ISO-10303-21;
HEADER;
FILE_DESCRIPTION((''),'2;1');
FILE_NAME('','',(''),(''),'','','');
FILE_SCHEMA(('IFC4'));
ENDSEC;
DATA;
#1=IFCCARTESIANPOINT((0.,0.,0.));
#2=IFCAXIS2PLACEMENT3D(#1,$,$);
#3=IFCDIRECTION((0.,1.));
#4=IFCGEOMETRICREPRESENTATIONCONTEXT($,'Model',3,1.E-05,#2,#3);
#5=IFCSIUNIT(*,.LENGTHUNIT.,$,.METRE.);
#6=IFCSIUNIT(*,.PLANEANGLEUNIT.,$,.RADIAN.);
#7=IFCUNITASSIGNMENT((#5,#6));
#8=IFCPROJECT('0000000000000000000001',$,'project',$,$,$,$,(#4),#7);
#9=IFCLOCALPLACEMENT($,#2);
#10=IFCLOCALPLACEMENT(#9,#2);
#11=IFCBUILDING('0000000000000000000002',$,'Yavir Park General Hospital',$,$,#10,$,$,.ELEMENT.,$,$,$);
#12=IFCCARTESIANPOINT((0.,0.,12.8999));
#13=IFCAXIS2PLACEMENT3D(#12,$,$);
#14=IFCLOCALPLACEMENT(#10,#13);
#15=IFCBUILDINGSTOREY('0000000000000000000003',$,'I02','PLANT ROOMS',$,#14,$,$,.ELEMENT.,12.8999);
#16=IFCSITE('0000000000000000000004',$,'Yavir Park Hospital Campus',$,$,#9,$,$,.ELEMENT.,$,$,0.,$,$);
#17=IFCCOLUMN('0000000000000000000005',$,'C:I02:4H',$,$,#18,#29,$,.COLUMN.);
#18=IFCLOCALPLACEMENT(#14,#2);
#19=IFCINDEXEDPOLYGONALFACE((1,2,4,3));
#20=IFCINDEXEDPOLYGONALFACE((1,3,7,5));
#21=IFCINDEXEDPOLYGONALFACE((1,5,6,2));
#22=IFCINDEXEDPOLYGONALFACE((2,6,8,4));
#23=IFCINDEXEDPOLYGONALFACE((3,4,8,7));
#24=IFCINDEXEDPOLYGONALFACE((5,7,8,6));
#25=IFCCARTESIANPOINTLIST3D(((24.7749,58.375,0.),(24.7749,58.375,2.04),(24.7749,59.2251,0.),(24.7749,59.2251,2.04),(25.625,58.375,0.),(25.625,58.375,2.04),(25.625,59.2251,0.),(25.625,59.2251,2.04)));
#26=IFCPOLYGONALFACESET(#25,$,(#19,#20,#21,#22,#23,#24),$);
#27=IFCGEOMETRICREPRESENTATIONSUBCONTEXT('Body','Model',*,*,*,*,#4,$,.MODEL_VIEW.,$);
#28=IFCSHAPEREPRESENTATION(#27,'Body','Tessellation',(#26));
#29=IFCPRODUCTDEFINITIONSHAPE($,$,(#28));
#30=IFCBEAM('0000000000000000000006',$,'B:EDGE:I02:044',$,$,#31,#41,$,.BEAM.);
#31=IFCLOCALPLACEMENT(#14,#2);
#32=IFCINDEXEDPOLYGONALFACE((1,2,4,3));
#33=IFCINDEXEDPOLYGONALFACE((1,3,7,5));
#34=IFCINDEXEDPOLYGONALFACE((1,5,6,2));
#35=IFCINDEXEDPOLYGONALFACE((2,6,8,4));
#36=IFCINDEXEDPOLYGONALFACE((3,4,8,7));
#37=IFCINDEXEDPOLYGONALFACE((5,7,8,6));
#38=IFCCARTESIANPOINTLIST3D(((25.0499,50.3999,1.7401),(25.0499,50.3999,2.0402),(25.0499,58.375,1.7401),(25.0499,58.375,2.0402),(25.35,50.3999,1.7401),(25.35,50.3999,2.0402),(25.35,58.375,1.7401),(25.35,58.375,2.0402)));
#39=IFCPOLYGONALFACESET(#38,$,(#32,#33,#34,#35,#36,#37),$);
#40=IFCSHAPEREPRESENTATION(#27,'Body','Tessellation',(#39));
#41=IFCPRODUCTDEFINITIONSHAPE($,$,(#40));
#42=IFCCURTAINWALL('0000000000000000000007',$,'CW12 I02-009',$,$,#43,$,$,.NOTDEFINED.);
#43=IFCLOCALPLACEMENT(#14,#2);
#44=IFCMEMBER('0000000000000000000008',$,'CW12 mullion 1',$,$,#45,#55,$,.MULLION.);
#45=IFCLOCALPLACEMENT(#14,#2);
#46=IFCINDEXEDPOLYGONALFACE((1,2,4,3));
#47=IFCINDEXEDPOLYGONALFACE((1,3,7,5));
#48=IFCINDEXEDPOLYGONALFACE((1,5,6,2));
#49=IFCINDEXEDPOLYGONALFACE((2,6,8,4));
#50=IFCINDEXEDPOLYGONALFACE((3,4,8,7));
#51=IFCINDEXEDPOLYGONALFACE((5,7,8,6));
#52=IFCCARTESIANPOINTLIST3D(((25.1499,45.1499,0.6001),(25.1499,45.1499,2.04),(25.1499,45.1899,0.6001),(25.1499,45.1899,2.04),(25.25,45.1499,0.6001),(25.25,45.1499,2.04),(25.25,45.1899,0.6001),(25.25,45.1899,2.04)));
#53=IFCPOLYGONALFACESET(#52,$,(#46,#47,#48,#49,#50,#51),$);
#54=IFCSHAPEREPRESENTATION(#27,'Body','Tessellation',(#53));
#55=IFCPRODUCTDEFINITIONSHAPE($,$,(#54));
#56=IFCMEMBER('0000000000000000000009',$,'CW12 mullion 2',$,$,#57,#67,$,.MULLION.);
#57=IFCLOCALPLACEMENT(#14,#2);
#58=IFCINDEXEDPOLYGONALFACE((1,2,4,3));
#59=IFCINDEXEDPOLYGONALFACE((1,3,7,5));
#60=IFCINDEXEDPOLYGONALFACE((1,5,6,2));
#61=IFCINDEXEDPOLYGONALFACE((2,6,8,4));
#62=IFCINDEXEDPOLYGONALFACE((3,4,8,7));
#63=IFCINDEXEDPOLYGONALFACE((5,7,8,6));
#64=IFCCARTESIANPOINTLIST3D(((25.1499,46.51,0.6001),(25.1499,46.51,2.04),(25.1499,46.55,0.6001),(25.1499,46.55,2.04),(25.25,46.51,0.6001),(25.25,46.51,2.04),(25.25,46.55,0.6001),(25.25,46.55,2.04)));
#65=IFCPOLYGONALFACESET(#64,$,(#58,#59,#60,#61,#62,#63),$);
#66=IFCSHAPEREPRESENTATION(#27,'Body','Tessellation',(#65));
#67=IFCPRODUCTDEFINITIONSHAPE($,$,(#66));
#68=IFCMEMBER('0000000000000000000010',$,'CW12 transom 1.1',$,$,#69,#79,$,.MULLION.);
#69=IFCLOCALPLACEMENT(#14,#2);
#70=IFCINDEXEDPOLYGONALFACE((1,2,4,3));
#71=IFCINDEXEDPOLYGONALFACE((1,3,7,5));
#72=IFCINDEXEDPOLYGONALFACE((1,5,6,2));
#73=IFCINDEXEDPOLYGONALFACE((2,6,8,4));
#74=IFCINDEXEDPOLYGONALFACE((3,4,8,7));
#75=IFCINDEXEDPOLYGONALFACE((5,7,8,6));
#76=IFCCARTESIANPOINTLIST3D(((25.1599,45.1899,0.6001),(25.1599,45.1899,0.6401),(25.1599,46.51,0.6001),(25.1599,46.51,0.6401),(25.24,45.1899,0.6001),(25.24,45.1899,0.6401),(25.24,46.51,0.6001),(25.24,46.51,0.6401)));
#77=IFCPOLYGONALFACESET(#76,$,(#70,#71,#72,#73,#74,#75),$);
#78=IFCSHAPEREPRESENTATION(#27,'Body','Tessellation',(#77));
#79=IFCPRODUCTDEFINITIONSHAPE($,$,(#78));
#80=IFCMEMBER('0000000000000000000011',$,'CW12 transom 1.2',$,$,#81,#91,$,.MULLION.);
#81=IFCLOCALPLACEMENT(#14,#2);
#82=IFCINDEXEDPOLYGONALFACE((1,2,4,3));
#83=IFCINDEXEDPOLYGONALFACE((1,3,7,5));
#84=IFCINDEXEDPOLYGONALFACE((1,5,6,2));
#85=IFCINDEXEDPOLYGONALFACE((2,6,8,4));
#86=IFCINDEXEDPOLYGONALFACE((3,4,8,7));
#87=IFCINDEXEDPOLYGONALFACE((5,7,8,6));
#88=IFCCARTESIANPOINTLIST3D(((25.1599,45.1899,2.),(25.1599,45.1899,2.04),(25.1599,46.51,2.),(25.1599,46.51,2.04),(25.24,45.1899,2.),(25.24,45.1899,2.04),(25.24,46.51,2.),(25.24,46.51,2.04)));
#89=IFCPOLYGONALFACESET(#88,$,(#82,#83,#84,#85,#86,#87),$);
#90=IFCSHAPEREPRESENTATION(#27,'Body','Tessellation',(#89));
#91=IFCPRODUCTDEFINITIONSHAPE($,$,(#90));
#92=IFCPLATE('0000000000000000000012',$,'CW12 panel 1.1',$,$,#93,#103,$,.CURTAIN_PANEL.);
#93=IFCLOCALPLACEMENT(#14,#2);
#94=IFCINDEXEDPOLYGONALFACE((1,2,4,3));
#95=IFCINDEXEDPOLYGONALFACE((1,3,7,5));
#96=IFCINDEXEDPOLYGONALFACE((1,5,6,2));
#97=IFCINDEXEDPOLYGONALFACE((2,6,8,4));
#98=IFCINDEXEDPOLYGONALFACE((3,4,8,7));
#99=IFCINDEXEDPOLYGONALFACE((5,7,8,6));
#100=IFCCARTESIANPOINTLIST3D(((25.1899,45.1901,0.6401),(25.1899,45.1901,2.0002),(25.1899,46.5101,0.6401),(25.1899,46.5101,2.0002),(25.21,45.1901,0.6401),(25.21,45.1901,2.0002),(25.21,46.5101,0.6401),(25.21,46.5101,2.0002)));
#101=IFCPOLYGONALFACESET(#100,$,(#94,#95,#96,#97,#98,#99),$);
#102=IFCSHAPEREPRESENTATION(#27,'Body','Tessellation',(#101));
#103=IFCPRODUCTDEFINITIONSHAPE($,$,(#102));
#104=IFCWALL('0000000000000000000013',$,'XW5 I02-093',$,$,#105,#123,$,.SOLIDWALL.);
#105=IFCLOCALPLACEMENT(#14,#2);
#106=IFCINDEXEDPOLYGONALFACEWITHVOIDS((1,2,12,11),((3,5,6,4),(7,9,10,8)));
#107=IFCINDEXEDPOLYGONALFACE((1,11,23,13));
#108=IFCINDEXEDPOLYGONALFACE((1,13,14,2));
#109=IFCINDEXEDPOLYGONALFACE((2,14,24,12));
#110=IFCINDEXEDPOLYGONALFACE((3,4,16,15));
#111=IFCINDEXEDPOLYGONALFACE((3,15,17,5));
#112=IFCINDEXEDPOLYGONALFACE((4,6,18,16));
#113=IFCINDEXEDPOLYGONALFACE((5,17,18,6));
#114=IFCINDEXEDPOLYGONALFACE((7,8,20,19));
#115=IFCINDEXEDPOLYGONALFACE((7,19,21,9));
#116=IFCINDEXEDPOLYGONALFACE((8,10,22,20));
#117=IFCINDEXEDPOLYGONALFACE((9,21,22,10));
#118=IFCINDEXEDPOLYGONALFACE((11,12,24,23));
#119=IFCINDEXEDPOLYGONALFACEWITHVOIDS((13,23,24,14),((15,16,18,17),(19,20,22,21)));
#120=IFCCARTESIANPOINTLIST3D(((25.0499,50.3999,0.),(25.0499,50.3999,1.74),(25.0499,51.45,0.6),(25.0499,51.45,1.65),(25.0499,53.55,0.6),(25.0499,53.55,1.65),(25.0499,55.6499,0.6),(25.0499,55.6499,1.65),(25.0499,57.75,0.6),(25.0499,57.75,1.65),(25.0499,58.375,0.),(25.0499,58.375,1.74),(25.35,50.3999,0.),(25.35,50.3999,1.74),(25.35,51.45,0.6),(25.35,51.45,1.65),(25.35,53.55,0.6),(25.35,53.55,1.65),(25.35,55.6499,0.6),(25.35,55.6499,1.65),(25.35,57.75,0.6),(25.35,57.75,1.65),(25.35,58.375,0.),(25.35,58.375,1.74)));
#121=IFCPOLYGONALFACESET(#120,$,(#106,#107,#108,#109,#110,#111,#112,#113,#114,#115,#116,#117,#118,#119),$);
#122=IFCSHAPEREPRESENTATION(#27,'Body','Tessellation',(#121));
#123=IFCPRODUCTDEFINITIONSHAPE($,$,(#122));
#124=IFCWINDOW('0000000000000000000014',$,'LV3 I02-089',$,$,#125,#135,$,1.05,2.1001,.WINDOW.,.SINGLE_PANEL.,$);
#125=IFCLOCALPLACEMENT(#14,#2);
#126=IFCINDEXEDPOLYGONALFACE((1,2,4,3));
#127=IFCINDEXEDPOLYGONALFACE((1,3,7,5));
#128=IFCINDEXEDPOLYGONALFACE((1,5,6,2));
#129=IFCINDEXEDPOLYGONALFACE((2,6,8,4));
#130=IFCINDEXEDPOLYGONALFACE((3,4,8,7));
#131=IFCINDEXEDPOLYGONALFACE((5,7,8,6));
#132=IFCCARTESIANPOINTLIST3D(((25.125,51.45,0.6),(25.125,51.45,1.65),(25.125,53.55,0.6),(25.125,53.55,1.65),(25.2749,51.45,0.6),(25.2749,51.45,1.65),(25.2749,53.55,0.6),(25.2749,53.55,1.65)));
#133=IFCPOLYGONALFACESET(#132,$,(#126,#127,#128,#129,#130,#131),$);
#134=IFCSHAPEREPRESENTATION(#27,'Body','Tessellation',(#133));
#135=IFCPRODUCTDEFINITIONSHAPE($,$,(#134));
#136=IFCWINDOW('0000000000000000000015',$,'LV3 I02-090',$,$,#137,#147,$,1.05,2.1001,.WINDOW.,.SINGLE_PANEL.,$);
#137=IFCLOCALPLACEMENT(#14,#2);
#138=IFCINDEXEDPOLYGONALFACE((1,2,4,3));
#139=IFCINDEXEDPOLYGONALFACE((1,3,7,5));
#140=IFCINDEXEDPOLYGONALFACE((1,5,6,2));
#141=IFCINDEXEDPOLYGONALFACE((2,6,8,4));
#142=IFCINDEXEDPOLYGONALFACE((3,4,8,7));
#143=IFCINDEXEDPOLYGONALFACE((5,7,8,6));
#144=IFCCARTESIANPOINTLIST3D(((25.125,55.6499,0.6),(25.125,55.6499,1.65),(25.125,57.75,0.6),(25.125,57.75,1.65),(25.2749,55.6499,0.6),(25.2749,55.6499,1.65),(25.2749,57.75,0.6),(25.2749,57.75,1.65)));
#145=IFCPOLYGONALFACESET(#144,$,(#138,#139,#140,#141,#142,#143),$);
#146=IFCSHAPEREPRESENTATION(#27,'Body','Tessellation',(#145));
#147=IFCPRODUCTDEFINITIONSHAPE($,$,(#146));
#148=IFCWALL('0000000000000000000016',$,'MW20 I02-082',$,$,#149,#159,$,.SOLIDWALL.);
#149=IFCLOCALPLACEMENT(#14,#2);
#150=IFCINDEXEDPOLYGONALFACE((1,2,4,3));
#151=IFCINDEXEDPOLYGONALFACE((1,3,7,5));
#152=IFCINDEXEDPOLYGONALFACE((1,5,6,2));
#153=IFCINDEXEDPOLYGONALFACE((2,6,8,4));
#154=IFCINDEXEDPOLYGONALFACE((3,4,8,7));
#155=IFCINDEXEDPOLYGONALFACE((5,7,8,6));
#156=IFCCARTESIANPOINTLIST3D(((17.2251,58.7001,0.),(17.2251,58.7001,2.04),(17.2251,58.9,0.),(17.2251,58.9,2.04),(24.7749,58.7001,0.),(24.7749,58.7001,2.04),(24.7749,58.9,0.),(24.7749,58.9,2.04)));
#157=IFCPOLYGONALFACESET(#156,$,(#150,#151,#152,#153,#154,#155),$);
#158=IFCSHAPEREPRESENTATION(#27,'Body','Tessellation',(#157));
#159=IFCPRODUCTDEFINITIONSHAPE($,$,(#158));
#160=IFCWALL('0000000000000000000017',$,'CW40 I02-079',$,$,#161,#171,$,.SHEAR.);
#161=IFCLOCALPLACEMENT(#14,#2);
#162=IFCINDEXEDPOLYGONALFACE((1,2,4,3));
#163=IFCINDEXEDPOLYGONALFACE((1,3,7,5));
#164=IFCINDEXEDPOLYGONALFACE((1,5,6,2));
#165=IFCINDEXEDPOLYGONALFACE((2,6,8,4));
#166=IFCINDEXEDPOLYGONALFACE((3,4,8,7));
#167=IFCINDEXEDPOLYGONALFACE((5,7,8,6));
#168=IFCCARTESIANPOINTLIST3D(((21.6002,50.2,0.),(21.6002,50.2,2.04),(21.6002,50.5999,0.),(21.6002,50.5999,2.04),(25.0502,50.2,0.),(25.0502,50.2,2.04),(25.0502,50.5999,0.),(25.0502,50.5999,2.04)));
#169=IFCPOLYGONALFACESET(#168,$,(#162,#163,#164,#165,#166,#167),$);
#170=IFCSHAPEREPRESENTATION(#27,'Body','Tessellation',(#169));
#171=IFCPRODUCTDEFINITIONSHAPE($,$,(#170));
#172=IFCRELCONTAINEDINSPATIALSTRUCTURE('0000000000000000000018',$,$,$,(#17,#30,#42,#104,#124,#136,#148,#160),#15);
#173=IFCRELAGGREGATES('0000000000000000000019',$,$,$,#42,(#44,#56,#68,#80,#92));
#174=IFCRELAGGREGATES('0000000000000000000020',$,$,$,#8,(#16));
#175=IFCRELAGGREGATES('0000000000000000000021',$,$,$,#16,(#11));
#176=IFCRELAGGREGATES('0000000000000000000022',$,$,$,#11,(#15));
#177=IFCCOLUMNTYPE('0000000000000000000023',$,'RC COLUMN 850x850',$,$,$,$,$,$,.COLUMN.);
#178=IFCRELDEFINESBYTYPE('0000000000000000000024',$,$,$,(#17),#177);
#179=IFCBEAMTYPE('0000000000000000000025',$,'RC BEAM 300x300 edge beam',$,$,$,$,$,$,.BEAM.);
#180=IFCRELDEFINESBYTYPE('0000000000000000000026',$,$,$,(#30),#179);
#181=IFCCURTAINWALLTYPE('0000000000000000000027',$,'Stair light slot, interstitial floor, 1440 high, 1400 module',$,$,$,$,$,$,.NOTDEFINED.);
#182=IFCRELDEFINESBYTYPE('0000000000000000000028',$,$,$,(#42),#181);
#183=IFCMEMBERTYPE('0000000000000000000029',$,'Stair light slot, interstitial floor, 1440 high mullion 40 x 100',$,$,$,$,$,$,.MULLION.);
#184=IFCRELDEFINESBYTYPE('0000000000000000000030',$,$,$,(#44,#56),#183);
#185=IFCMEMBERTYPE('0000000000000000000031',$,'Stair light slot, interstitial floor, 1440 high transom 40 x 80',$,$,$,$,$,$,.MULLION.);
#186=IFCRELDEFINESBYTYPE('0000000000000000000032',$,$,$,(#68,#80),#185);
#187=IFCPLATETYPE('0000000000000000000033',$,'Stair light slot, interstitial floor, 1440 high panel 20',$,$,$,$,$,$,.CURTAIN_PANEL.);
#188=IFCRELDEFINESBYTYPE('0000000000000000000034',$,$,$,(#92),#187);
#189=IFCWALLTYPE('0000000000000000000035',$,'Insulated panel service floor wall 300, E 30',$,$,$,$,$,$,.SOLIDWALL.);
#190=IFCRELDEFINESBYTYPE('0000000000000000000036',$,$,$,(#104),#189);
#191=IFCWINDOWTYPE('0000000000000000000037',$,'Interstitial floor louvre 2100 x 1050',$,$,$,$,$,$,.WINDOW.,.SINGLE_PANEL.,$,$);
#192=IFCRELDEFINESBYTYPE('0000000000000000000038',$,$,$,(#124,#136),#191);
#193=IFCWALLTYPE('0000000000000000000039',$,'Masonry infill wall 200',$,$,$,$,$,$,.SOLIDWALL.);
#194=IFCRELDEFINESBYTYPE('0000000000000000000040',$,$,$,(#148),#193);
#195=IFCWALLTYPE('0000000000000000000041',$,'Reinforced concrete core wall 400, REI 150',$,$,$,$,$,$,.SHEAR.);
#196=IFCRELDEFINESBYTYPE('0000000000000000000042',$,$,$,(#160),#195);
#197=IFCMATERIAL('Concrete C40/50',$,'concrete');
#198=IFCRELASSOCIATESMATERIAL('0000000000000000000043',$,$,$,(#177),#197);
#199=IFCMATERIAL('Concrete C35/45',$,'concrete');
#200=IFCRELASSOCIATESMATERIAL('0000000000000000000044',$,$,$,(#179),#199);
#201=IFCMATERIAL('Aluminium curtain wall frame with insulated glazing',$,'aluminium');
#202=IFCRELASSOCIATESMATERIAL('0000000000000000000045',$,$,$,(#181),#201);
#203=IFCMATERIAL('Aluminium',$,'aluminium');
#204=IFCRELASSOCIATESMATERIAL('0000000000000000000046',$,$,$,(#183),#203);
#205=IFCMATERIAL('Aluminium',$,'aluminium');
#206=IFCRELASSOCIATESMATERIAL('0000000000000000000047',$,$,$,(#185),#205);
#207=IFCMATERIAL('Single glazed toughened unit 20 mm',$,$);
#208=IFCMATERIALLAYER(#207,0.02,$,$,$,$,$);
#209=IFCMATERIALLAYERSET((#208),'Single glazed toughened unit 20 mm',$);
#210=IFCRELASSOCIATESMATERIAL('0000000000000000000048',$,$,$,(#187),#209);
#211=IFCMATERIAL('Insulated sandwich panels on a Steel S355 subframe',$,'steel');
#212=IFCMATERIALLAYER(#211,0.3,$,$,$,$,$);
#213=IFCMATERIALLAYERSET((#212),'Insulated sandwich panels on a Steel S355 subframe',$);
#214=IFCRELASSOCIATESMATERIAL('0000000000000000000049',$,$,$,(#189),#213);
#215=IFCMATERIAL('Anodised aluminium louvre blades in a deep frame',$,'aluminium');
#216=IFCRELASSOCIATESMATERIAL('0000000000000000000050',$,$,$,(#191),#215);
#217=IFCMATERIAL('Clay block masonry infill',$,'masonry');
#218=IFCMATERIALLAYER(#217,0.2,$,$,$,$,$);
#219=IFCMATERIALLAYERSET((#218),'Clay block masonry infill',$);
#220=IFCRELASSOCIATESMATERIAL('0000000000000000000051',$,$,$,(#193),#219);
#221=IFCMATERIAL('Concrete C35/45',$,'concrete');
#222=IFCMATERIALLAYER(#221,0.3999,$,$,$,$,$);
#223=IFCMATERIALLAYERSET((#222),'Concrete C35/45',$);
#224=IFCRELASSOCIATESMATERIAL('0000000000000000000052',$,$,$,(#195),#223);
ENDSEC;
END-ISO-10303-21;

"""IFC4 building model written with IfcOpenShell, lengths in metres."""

from ifc_helpers import new_model, si_unit, direction, frame, frame_2d, origin, origin_2d, place, context, subcontext, project, spatial, rectangle, extrude, material, layer, layer_set, material_profile, profile_set, type_object, element, fill, aggregate, save


model = new_model("IFC4")

# Units and contexts
model_context = context("Model", 3, precision=1e-05, world=origin(), true_north=direction((0.0, 1.0)))
body_context = subcontext(model_context, "Body", "Model", "MODEL_VIEW")
ifc_project = project(units=[si_unit("LENGTHUNIT", "METRE"), si_unit("PLANEANGLEUNIT", "RADIAN")], contexts=[model_context])

# Site, building, storey
site_placement = place(None, origin())
site = spatial("IfcSite", under=ifc_project, at=site_placement, Name="Yavir Park Hospital Campus", CompositionType="ELEMENT", RefElevation=0.0)
building_placement = place(site_placement, origin())
building = spatial("IfcBuilding", under=site, at=building_placement, Name="Yavir Park General Hospital", CompositionType="ELEMENT")
storey_placement = place(building_placement, frame((0.0, 0.0, 12.8999)))
storey = spatial("IfcBuildingStorey", under=building, at=storey_placement, Name="I02", Description="PLANT ROOMS", CompositionType="ELEMENT", Elevation=12.8999)

# Column
ifc_material_1 = material(Name="Concrete C40/50", Category="concrete")
ifc_material_profile_1 = material_profile(ifc_material_1, rectangle(XDim=0.8501, YDim=0.8501, at=origin_2d()), Name="RC850x850")
ifc_profile_set_1 = profile_set([ifc_material_profile_1], Name="Concrete C40/50")
column_type = type_object("IfcColumnType", Name="RC COLUMN 850x850", PredefinedType="COLUMN", material=ifc_profile_set_1)
column_placement = place(storey_placement, frame((25.2, 58.8, 0.0), z_axis=(0.0, 0.0, 1.0), x_axis=(1.0, 0.0, 0.0)))
element("IfcColumn", 1, at=column_placement, inside=storey, type_object=column_type, Name="C:I02:4H", PredefinedType="COLUMN", context=body_context, shape_type="SweptSolid", body=[
    extrude(rectangle(XDim=0.8501, YDim=0.8501, at=origin_2d()), origin(), (0.0, 0.0, 1.0), 2.04),
])

# Beam
ifc_material_2 = material(Name="Concrete C35/45", Category="concrete")
ifc_material_profile_2 = material_profile(ifc_material_2, rectangle(XDim=0.3, YDim=0.3, at=origin_2d()), Name="RC300x300")
ifc_profile_set_2 = profile_set([ifc_material_profile_2], Name="Concrete C35/45")
beam_type = type_object("IfcBeamType", Name="RC BEAM 300x300 edge beam", PredefinedType="BEAM", material=ifc_profile_set_2)
beam_placement = place(storey_placement, frame((25.2, 50.3999, 1.8901), z_axis=(0.0, 1.0, 0.0), x_axis=(-1.0, 0.0, 0.0)))
element("IfcBeam", 2, at=beam_placement, inside=storey, type_object=beam_type, Name="B:EDGE:I02:044", PredefinedType="BEAM", context=body_context, shape_type="SweptSolid", body=[
    extrude(rectangle(XDim=0.3, YDim=0.3, at=origin_2d()), origin(), (0.0, 0.0, 1.0), 7.9751),
])

# Curtain wall, members, plate
ifc_material_3 = material(Name="Aluminium curtain wall frame with insulated glazing", Category="aluminium")
curtain_wall_type = type_object("IfcCurtainWallType", Name="Stair light slot, interstitial floor, 1440 high, 1400 module", PredefinedType="NOTDEFINED", material=ifc_material_3)
curtain_wall_placement = place(storey_placement, origin())
curtain_wall = element("IfcCurtainWall", 3, at=curtain_wall_placement, inside=storey, type_object=curtain_wall_type, Name="CW12 I02-009", PredefinedType="NOTDEFINED")
ifc_material_4 = material(Name="Aluminium", Category="aluminium")
ifc_material_profile_3 = material_profile(ifc_material_4, rectangle(XDim=0.1001, YDim=0.04, at=origin_2d()), Name="AL 40x100")
ifc_profile_set_3 = profile_set([ifc_material_profile_3], Name="Aluminium")
member_type_1 = type_object("IfcMemberType", Name="Stair light slot, interstitial floor, 1440 high mullion 40 x 100", PredefinedType="MULLION", material=ifc_profile_set_3)
member_1_placement = place(storey_placement, frame((25.2, 45.1699, 0.6001), z_axis=(0.0, 0.0, 1.0), x_axis=(-1.0, 0.0, 0.0)))
member_1 = element("IfcMember", 4, at=member_1_placement, type_object=member_type_1, Name="CW12 mullion 1", PredefinedType="MULLION", context=body_context, shape_type="SweptSolid", body=[
    extrude(rectangle(XDim=0.1001, YDim=0.04, at=origin_2d()), origin(), (0.0, 0.0, 1.0), 1.4399),
])
member_2_placement = place(storey_placement, frame((25.2, 46.53, 0.6001), z_axis=(0.0, 0.0, 1.0), x_axis=(-1.0, 0.0, 0.0)))
member_2 = element("IfcMember", 5, at=member_2_placement, type_object=member_type_1, Name="CW12 mullion 2", PredefinedType="MULLION", context=body_context, shape_type="SweptSolid", body=[
    extrude(rectangle(XDim=0.1001, YDim=0.04, at=origin_2d()), origin(), (0.0, 0.0, 1.0), 1.4399),
])
ifc_material_5 = material(Name="Aluminium", Category="aluminium")
ifc_material_profile_4 = material_profile(ifc_material_5, rectangle(XDim=0.0801, YDim=0.04, at=origin_2d()), Name="AL 80x40")
ifc_profile_set_4 = profile_set([ifc_material_profile_4], Name="Aluminium")
member_type_2 = type_object("IfcMemberType", Name="Stair light slot, interstitial floor, 1440 high transom 40 x 80", PredefinedType="MULLION", material=ifc_profile_set_4)
member_3_placement = place(storey_placement, frame((25.2, 45.1899, 0.6201), z_axis=(0.0, 1.0, 0.0), x_axis=(-1.0, 0.0, 0.0)))
member_3 = element("IfcMember", 6, at=member_3_placement, type_object=member_type_2, Name="CW12 transom 1.1", PredefinedType="MULLION", context=body_context, shape_type="SweptSolid", body=[
    extrude(rectangle(XDim=0.0801, YDim=0.04, at=origin_2d()), origin(), (0.0, 0.0, 1.0), 1.3201),
])
member_4_placement = place(storey_placement, frame((25.2, 45.1899, 2.02), z_axis=(0.0, 1.0, 0.0), x_axis=(-1.0, 0.0, 0.0)))
member_4 = element("IfcMember", 7, at=member_4_placement, type_object=member_type_2, Name="CW12 transom 1.2", PredefinedType="MULLION", context=body_context, shape_type="SweptSolid", body=[
    extrude(rectangle(XDim=0.0801, YDim=0.04, at=origin_2d()), origin(), (0.0, 0.0, 1.0), 1.3201),
])
ifc_material_6 = material(Name="Single glazed toughened unit 20 mm")
ifc_layer_1 = layer(ifc_material_6, 0.02)
ifc_layer_set_1 = layer_set([ifc_layer_1], Name="Single glazed toughened unit 20 mm")
plate_type = type_object("IfcPlateType", Name="Stair light slot, interstitial floor, 1440 high panel 20", PredefinedType="CURTAIN_PANEL", material=ifc_layer_set_1)
plate_placement = place(storey_placement, frame((25.2, 45.8501, 0.6401), z_axis=(0.0, 0.0, 1.0), x_axis=(0.0, 1.0, 0.0)))
plate = element("IfcPlate", 8, at=plate_placement, type_object=plate_type, Name="CW12 panel 1.1", PredefinedType="CURTAIN_PANEL", context=body_context, shape_type="SweptSolid", body=[
    extrude(rectangle(XDim=1.3201, YDim=0.02, at=origin_2d()), origin(), (0.0, 0.0, 1.0), 1.3601),
])
aggregate(curtain_wall, [member_1, member_2, member_3, member_4, plate])

# Wall, openings, windows
ifc_material_7 = material(Name="Insulated sandwich panels on a Steel S355 subframe", Category="steel")
ifc_layer_2 = layer(ifc_material_7, 0.3)
ifc_layer_set_2 = layer_set([ifc_layer_2], Name="Insulated sandwich panels on a Steel S355 subframe")
wall_type_1 = type_object("IfcWallType", Name="Insulated panel service floor wall 300, E 30", PredefinedType="SOLIDWALL", material=ifc_layer_set_2)
wall_1_placement = place(storey_placement, frame((25.2, 50.3999, 0.0), z_axis=(0.0, 0.0, 1.0), x_axis=(0.0, 1.0, 0.0)))
wall_1 = element("IfcWall", 9, at=wall_1_placement, inside=storey, type_object=wall_type_1, Name="XW5 I02-093", PredefinedType="SOLIDWALL", context=body_context, shape_type="SweptSolid", body=[
    extrude(rectangle(XDim=7.9751, YDim=0.3, at=frame_2d((3.9875, 0.0))), origin(), (0.0, 0.0, 1.0), 1.74),
])
opening_1_placement = place(wall_1_placement, frame((1.05, 0.0, 0.6001)))
opening_1 = element("IfcOpeningElement", 10, at=opening_1_placement, cuts=wall_1, PredefinedType="OPENING", context=body_context, shape_type="SweptSolid", body=[
    extrude(rectangle(XDim=2.1001, YDim=1.05, at=frame_2d((1.05, 0.5249))), frame((0.0, 0.1599, 0.0), z_axis=(0.0, -1.0, 0.0), x_axis=(1.0, 0.0, 0.0)), (0.0, 0.0, 1.0), 0.3201),
])
opening_2_placement = place(wall_1_placement, frame((5.25, 0.0, 0.6001)))
opening_2 = element("IfcOpeningElement", 11, at=opening_2_placement, cuts=wall_1, PredefinedType="OPENING", context=body_context, shape_type="SweptSolid", body=[
    extrude(rectangle(XDim=2.1001, YDim=1.05, at=frame_2d((1.05, 0.5249))), frame((0.0, 0.1599, 0.0), z_axis=(0.0, -1.0, 0.0), x_axis=(1.0, 0.0, 0.0)), (0.0, 0.0, 1.0), 0.3201),
])
ifc_material_8 = material(Name="Anodised aluminium louvre blades in a deep frame", Category="aluminium")
window_type = type_object("IfcWindowType", Name="Interstitial floor louvre 2100 x 1050", PartitioningType="SINGLE_PANEL", PredefinedType="WINDOW", material=ifc_material_8)
window_1_placement = place(opening_1_placement, origin())
window_1 = element("IfcWindow", 12, at=window_1_placement, inside=storey, type_object=window_type, Name="LV3 I02-089", OverallHeight=1.05, OverallWidth=2.1001, PartitioningType="SINGLE_PANEL", PredefinedType="WINDOW", context=body_context, shape_type="SweptSolid", body=[
    extrude(rectangle(XDim=2.1001, YDim=1.05, at=frame_2d((1.05, 0.5249))), frame((0.0, 0.075, 0.0), z_axis=(0.0, -1.0, 0.0), x_axis=(1.0, 0.0, 0.0)), (0.0, 0.0, 1.0), 0.1499),
])
fill(opening_1, window_1)
window_2_placement = place(opening_2_placement, origin())
window_2 = element("IfcWindow", 13, at=window_2_placement, inside=storey, type_object=window_type, Name="LV3 I02-090", OverallHeight=1.05, OverallWidth=2.1001, PartitioningType="SINGLE_PANEL", PredefinedType="WINDOW", context=body_context, shape_type="SweptSolid", body=[
    extrude(rectangle(XDim=2.1001, YDim=1.05, at=frame_2d((1.05, 0.5249))), frame((0.0, 0.075, 0.0), z_axis=(0.0, -1.0, 0.0), x_axis=(1.0, 0.0, 0.0)), (0.0, 0.0, 1.0), 0.1499),
])
fill(opening_2, window_2)

# Walls
ifc_material_9 = material(Name="Clay block masonry infill", Category="masonry")
ifc_layer_3 = layer(ifc_material_9, 0.2)
ifc_layer_set_3 = layer_set([ifc_layer_3], Name="Clay block masonry infill")
wall_type_2 = type_object("IfcWallType", Name="Masonry infill wall 200", PredefinedType="SOLIDWALL", material=ifc_layer_set_3)
wall_2_placement = place(storey_placement, frame((17.2251, 58.8, 0.0), z_axis=(0.0, 0.0, 1.0), x_axis=(1.0, 0.0, 0.0)))
element("IfcWall", 14, at=wall_2_placement, inside=storey, type_object=wall_type_2, Name="MW20 I02-082", PredefinedType="SOLIDWALL", context=body_context, shape_type="SweptSolid", body=[
    extrude(rectangle(XDim=7.5498, YDim=0.2, at=frame_2d((3.7749, 0.0))), origin(), (0.0, 0.0, 1.0), 2.04),
])
ifc_material_10 = material(Name="Concrete C35/45", Category="concrete")
ifc_layer_4 = layer(ifc_material_10, 0.3999)
ifc_layer_set_4 = layer_set([ifc_layer_4], Name="Concrete C35/45")
wall_type_3 = type_object("IfcWallType", Name="Reinforced concrete core wall 400, REI 150", PredefinedType="SHEAR", material=ifc_layer_set_4)
wall_3_placement = place(storey_placement, frame((21.6001, 50.3999, 0.0), z_axis=(0.0, 0.0, 1.0), x_axis=(1.0, 0.0, 0.0)))
element("IfcWall", 15, at=wall_3_placement, inside=storey, type_object=wall_type_3, Name="CW40 I02-079", PredefinedType="SHEAR", context=body_context, shape_type="SweptSolid", body=[
    extrude(rectangle(XDim=3.45, YDim=0.3999, at=frame_2d((1.7251, 0.0))), origin(), (0.0, 0.0, 1.0), 2.04),
])

save(model, "model.ifc")
